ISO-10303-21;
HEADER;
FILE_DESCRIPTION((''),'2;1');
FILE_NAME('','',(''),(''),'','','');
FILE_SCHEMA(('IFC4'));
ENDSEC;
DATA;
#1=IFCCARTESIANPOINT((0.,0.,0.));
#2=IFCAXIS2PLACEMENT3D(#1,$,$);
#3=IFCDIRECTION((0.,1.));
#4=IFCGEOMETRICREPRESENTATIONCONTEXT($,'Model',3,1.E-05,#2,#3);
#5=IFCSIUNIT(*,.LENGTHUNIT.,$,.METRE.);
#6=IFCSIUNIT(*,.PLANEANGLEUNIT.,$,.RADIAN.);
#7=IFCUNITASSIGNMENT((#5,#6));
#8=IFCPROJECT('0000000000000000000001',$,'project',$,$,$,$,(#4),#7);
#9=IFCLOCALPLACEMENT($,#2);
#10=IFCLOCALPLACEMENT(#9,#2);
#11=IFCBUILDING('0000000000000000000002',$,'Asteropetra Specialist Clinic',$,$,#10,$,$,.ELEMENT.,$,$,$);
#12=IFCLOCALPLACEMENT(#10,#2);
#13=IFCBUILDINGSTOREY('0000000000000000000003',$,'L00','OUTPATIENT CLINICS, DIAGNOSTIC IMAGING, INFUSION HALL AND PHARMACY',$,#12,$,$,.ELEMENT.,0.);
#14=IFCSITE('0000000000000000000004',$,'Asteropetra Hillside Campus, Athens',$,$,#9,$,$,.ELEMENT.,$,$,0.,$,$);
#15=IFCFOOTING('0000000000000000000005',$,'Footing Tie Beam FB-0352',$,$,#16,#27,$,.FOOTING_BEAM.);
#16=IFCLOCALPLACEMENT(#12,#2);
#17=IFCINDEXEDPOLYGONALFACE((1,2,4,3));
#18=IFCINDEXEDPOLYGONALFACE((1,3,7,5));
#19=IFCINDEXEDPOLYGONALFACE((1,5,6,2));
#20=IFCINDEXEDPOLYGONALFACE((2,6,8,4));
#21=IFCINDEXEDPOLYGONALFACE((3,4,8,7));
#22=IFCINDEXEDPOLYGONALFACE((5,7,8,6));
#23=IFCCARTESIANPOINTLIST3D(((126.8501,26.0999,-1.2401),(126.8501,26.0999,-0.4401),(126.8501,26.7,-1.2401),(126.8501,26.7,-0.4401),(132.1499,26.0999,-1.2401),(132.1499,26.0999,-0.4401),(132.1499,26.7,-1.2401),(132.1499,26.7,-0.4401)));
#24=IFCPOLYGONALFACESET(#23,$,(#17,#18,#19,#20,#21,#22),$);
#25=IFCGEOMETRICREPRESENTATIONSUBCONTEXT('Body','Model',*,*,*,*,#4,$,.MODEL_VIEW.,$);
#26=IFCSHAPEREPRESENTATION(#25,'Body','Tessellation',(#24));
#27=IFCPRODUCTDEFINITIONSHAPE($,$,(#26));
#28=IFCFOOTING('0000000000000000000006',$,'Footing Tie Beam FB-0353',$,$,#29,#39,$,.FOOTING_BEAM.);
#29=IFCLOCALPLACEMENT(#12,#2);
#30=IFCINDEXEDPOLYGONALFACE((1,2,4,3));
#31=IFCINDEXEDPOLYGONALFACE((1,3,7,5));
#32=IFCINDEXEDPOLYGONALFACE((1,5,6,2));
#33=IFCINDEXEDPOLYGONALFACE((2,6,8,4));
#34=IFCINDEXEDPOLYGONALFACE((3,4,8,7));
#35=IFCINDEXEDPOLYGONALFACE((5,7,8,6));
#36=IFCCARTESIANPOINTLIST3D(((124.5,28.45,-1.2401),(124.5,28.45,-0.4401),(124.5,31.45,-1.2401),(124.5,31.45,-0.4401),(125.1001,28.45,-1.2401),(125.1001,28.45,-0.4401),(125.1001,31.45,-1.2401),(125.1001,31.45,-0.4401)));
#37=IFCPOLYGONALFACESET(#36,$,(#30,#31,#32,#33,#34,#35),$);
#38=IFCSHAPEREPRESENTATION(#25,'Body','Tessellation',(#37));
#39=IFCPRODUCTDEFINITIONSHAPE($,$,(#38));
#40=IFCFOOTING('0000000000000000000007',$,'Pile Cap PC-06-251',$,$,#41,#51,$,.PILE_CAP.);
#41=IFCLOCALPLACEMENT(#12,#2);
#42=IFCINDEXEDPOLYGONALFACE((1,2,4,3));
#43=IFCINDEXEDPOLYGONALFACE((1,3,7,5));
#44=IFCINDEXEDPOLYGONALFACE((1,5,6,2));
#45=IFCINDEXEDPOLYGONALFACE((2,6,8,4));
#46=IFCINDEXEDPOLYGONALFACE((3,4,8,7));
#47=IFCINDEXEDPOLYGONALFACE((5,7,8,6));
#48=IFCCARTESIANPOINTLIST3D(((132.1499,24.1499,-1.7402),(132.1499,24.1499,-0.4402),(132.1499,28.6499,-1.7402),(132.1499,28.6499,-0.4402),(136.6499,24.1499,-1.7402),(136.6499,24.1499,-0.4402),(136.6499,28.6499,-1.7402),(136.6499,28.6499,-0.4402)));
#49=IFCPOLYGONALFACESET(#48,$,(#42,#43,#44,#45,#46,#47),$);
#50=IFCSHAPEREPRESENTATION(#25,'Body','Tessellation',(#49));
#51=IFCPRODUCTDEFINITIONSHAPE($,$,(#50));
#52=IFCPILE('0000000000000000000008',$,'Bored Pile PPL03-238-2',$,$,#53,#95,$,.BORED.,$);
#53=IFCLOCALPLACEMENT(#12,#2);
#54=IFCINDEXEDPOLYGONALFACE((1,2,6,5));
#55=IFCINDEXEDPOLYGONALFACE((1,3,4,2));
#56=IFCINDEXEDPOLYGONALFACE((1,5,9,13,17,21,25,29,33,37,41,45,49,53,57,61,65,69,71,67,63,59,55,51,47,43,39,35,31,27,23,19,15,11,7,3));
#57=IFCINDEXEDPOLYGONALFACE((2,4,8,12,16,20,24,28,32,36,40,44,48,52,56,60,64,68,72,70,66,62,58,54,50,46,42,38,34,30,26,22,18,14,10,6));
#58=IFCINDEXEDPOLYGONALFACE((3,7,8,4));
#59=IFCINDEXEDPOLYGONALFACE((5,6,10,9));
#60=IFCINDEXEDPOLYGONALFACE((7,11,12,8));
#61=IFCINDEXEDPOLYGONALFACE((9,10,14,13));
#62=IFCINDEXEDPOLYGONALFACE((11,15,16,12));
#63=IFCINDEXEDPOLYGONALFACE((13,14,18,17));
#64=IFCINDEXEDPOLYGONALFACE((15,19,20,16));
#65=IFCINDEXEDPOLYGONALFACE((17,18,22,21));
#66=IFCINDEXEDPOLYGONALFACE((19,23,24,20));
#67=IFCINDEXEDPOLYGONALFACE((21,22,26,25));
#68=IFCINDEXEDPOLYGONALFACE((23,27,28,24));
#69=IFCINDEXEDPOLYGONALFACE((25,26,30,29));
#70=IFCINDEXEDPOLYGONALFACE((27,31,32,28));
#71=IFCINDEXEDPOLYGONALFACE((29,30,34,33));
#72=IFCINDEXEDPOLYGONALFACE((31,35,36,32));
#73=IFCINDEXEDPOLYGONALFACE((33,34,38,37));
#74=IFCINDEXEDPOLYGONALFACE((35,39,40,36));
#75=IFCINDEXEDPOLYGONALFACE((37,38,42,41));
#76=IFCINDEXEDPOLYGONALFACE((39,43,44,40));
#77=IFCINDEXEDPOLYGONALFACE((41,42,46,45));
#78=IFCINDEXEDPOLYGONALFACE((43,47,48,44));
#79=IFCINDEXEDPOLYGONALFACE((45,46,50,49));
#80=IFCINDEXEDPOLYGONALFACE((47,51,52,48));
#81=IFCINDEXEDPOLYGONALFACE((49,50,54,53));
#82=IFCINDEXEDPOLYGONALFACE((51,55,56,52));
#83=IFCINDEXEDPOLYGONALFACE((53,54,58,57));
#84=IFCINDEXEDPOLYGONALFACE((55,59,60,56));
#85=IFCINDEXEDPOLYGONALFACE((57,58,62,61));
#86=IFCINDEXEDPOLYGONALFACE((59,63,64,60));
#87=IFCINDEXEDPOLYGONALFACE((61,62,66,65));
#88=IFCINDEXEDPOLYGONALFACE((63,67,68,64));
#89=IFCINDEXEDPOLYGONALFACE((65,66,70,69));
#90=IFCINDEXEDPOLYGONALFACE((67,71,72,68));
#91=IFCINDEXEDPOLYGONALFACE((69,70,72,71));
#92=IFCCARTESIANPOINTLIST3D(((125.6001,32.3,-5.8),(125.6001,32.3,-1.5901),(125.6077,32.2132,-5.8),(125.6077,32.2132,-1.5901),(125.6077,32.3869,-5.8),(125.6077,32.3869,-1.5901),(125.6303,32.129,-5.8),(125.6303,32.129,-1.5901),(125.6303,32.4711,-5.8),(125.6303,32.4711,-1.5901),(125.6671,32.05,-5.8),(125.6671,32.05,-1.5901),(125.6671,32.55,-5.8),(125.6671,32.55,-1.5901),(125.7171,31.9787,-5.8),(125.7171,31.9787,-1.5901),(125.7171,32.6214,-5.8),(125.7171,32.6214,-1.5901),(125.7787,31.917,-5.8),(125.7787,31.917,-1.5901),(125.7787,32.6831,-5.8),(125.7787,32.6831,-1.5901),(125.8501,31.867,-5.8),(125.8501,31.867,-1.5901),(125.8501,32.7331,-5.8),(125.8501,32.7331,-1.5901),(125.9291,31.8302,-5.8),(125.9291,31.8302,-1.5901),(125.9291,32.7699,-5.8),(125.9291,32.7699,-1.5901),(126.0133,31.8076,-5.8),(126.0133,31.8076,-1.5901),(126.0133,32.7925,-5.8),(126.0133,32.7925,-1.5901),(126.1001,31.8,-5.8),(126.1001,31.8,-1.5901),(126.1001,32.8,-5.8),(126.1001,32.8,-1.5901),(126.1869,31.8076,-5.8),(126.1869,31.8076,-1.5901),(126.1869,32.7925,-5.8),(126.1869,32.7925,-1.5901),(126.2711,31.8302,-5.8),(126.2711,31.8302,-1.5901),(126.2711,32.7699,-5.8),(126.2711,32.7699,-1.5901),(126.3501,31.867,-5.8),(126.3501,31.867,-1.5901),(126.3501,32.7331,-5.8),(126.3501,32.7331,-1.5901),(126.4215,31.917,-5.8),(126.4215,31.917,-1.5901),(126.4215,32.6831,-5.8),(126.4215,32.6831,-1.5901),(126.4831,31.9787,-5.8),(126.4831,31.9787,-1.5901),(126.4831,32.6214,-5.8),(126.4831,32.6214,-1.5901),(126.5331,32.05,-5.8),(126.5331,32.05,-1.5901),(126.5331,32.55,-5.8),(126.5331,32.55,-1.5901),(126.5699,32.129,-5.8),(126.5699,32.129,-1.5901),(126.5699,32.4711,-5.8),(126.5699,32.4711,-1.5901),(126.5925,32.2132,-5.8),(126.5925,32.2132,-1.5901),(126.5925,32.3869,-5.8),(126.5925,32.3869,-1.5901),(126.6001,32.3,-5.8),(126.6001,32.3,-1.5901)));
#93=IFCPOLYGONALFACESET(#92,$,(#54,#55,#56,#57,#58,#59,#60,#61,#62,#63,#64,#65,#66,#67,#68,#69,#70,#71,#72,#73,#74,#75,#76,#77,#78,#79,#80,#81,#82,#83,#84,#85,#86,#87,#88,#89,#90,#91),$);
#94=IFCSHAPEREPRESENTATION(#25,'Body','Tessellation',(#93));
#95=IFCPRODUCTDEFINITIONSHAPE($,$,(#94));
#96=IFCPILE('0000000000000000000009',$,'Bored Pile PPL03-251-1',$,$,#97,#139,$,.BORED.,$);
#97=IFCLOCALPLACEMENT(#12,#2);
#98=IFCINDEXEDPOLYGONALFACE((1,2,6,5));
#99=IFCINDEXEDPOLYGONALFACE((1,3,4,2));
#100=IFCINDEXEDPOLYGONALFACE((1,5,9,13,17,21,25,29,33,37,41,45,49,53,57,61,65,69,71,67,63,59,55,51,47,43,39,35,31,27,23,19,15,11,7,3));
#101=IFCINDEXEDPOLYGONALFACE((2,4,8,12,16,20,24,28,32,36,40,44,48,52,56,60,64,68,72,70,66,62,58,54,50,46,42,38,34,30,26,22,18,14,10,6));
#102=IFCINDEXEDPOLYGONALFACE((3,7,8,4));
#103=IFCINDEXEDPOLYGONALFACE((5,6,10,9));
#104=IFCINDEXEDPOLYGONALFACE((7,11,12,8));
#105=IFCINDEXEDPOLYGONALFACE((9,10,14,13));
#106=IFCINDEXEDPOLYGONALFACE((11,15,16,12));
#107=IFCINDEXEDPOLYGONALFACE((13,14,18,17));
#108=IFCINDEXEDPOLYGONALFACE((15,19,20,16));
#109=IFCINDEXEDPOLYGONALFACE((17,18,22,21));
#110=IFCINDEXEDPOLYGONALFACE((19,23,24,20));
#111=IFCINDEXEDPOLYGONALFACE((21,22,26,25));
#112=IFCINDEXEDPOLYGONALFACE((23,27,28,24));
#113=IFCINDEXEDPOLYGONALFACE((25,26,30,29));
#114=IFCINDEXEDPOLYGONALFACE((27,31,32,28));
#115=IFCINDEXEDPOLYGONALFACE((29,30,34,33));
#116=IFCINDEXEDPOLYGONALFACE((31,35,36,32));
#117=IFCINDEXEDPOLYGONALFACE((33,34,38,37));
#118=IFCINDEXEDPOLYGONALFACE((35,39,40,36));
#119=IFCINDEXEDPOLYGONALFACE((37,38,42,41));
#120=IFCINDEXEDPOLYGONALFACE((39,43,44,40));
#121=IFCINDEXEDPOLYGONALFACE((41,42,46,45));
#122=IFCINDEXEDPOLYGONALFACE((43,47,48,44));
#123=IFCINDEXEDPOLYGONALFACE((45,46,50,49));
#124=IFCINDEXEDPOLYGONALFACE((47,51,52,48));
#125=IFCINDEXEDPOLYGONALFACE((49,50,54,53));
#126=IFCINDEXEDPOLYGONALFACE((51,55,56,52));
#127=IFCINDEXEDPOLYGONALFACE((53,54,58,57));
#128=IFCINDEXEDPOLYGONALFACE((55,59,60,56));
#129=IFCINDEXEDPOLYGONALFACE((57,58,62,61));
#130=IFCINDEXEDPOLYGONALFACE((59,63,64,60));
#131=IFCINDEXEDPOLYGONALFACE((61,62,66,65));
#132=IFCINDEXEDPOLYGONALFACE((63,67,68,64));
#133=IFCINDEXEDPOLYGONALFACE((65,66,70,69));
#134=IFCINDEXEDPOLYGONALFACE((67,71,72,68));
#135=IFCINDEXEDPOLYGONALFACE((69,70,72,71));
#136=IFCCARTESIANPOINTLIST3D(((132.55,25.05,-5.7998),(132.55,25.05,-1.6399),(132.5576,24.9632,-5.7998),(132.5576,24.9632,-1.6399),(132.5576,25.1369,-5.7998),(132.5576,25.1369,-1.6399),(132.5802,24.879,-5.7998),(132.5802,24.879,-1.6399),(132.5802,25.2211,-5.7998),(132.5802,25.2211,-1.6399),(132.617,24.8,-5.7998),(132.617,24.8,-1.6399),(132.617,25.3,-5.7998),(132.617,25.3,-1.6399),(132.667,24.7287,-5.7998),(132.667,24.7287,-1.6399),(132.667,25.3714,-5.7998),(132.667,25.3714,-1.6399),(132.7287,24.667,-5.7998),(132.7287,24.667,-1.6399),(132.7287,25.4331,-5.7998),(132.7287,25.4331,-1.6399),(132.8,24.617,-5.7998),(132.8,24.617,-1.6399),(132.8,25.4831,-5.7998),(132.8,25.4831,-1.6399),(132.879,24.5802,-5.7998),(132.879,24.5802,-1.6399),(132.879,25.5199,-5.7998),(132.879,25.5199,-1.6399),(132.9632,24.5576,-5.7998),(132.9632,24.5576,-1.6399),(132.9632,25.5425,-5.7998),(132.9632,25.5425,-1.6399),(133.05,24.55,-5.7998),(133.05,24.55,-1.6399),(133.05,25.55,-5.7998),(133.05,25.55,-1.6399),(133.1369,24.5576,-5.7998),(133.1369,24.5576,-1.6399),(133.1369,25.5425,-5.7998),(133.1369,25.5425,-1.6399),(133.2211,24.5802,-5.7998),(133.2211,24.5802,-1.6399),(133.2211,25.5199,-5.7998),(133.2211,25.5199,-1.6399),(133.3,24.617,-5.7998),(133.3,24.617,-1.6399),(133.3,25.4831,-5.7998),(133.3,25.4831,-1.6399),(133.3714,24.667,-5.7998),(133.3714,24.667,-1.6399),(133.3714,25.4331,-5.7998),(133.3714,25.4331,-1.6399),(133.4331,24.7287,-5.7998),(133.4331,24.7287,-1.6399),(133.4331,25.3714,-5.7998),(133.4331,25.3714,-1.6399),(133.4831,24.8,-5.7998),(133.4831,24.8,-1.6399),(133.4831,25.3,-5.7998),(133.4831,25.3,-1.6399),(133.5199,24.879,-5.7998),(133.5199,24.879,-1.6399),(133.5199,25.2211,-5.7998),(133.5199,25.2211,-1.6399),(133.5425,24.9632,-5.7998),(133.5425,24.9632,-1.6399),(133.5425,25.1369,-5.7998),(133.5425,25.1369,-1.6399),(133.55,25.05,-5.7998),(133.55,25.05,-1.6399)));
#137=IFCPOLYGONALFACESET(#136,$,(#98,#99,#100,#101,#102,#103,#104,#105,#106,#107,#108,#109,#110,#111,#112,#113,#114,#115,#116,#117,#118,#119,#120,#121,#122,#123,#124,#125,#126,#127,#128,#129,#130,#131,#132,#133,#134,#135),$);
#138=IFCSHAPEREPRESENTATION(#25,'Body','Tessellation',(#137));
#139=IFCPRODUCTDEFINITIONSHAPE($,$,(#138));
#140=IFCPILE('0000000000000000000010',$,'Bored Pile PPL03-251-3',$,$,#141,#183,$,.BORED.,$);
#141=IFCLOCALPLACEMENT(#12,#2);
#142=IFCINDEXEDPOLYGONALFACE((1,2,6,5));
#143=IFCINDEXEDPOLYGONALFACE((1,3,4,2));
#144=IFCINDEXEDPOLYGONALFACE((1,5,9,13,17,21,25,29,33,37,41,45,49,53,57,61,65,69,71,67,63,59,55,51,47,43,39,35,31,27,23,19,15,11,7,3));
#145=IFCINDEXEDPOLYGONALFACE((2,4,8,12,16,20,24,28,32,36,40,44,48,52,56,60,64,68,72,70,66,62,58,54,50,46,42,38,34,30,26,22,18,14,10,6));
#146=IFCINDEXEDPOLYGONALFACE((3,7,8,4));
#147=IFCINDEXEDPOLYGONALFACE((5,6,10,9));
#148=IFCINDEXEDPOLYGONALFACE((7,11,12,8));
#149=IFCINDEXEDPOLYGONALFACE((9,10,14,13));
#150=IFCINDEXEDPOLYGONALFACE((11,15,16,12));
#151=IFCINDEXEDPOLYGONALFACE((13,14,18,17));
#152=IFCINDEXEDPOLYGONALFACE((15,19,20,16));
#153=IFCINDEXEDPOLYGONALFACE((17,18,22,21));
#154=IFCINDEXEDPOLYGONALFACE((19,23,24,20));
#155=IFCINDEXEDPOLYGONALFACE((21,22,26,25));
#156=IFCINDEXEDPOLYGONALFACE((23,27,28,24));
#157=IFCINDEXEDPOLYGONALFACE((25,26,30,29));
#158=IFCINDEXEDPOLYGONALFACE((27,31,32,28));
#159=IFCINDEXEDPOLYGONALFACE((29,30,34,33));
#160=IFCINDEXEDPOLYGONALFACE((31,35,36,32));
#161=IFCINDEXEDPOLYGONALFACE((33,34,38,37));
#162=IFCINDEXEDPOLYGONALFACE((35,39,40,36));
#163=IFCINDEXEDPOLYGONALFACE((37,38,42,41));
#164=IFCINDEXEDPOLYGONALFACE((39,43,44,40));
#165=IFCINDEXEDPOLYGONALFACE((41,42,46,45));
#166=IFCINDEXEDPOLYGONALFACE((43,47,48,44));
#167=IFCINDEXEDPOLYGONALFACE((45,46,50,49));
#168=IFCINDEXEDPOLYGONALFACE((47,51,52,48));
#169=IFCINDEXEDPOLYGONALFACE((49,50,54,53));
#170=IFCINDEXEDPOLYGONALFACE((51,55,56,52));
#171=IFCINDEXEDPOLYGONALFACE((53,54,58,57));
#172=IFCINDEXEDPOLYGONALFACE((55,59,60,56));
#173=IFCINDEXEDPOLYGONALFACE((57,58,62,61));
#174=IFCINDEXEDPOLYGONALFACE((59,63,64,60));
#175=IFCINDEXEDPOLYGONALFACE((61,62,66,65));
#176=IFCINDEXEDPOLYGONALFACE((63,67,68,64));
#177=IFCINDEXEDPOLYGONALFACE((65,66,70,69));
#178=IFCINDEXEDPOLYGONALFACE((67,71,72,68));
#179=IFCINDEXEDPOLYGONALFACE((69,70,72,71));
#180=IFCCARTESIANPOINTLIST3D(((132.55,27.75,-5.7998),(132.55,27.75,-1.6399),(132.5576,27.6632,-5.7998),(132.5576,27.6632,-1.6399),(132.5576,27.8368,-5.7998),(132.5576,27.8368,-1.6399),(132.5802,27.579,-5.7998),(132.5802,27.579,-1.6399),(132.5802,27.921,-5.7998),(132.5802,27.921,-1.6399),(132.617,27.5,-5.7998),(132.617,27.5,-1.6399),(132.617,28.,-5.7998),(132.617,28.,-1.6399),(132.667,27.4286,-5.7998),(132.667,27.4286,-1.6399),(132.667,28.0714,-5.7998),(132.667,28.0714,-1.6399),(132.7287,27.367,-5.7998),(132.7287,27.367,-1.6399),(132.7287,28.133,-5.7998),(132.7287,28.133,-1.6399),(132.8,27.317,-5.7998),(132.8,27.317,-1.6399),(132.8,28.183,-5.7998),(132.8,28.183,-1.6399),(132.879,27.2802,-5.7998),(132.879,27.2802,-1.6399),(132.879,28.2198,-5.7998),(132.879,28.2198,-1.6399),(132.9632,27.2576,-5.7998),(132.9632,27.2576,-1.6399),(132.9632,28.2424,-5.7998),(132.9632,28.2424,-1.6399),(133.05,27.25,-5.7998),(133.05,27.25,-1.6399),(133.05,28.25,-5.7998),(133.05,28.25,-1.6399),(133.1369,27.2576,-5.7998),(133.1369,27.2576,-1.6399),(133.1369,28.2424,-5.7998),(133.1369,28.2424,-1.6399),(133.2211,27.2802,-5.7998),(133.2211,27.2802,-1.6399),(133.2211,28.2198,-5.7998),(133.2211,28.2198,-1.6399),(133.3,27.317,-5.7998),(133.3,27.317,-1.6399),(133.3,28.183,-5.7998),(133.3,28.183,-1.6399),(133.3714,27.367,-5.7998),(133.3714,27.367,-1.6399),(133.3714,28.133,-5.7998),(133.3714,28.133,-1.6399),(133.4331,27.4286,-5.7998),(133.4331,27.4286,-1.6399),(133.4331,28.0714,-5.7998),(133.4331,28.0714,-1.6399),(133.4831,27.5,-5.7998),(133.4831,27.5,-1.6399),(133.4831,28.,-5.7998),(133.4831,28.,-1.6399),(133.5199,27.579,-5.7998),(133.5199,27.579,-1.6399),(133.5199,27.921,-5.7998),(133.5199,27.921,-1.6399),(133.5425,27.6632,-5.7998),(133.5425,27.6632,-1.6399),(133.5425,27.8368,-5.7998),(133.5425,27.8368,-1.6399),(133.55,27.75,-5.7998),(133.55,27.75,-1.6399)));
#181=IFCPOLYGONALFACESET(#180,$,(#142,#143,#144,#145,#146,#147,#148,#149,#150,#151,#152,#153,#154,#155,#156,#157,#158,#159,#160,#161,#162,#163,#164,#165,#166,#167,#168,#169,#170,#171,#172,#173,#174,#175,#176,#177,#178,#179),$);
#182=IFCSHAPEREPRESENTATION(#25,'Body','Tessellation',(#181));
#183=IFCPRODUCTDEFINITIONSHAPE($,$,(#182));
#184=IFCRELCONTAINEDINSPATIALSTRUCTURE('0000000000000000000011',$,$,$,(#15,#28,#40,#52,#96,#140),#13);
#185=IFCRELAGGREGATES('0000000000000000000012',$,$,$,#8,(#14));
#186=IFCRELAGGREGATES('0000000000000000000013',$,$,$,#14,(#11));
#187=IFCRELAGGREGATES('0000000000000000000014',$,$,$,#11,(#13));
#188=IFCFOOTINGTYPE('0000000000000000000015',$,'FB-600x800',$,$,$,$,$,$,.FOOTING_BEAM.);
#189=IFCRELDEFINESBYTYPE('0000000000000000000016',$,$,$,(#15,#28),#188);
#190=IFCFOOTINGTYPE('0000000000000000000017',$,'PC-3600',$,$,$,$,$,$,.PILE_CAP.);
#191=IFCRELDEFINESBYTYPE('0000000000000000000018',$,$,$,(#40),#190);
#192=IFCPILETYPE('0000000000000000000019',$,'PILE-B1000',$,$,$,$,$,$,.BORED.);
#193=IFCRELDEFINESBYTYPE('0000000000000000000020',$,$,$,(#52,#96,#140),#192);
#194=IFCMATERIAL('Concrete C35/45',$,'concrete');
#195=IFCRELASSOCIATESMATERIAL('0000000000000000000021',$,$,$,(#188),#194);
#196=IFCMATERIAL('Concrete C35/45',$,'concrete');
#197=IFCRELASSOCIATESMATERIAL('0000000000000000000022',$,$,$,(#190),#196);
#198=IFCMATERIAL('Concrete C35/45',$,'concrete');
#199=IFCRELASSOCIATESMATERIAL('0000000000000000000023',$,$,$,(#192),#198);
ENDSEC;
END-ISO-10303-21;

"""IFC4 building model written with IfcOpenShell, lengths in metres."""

from ifc_helpers import new_model, si_unit, direction, frame, origin, origin_2d, place, context, subcontext, project, spatial, rectangle, circle, extrude, material, material_profile, profile_set, type_object, element, save


model = new_model("IFC4")

# Units and contexts
model_context = context("Model", 3, precision=1e-05, world=origin(), true_north=direction((0.0, 1.0)))
body_context = subcontext(model_context, "Body", "Model", "MODEL_VIEW")
ifc_project = project(units=[si_unit("LENGTHUNIT", "METRE"), si_unit("PLANEANGLEUNIT", "RADIAN")], contexts=[model_context])

# Site, building, storey
site_placement = place(None, origin())
site = spatial("IfcSite", under=ifc_project, at=site_placement, Name="Asteropetra Hillside Campus, Athens", CompositionType="ELEMENT", RefElevation=0.0)
building_placement = place(site_placement, origin())
building = spatial("IfcBuilding", under=site, at=building_placement, Name="Asteropetra Specialist Clinic", CompositionType="ELEMENT")
storey_placement = place(building_placement, origin())
storey = spatial("IfcBuildingStorey", under=building, at=storey_placement, Name="L00", Description="OUTPATIENT CLINICS, DIAGNOSTIC IMAGING, INFUSION HALL AND PHARMACY", CompositionType="ELEMENT", Elevation=0.0)

# Footings
ifc_material_1 = material(Name="Concrete C35/45", Category="concrete")
ifc_material_profile_1 = material_profile(ifc_material_1, rectangle(XDim=0.6001, YDim=0.8, at=origin_2d()), Name="FB 600x800")
ifc_profile_set_1 = profile_set([ifc_material_profile_1], Name="Concrete C35/45")
footing_type_1 = type_object("IfcFootingType", Name="FB-600x800", PredefinedType="FOOTING_BEAM", material=ifc_profile_set_1)
footing_1_placement = place(storey_placement, frame((126.8501, 26.3999, -0.8401), z_axis=(1.0, 0.0, 0.0), x_axis=(0.0, 1.0, 0.0)))
element("IfcFooting", 1, at=footing_1_placement, inside=storey, type_object=footing_type_1, Name="Footing Tie Beam FB-0352", PredefinedType="FOOTING_BEAM", context=body_context, shape_type="SweptSolid", body=[
    extrude(rectangle(XDim=0.6001, YDim=0.8, at=origin_2d()), origin(), (0.0, 0.0, 1.0), 5.2998),
])
footing_2_placement = place(storey_placement, frame((124.8, 28.45, -0.8401), z_axis=(0.0, 1.0, 0.0), x_axis=(-1.0, 0.0, 0.0)))
element("IfcFooting", 2, at=footing_2_placement, inside=storey, type_object=footing_type_1, Name="Footing Tie Beam FB-0353", PredefinedType="FOOTING_BEAM", context=body_context, shape_type="SweptSolid", body=[
    extrude(rectangle(XDim=0.6001, YDim=0.8, at=origin_2d()), origin(), (0.0, 0.0, 1.0), 3.0),
])
ifc_material_2 = material(Name="Concrete C35/45", Category="concrete")
footing_type_2 = type_object("IfcFootingType", Name="PC-3600", PredefinedType="PILE_CAP", material=ifc_material_2)
footing_3_placement = place(storey_placement, frame((134.3999, 26.3999, -1.7402), z_axis=(0.0, 0.0, 1.0), x_axis=(1.0, 0.0, 0.0)))
element("IfcFooting", 3, at=footing_3_placement, inside=storey, type_object=footing_type_2, Name="Pile Cap PC-06-251", PredefinedType="PILE_CAP", context=body_context, shape_type="SweptSolid", body=[
    extrude(rectangle(XDim=4.5, YDim=4.5, at=origin_2d()), origin(), (0.0, 0.0, 1.0), 1.3),
])

# Piles
ifc_material_3 = material(Name="Concrete C35/45", Category="concrete")
ifc_material_profile_2 = material_profile(ifc_material_3, circle(Radius=0.5, at=origin_2d()), Name="PILE D1000")
ifc_profile_set_2 = profile_set([ifc_material_profile_2], Name="Concrete C35/45")
pile_type_1 = type_object("IfcPileType", Name="PILE-B1000", PredefinedType="BORED", material=ifc_profile_set_2)
pile_placement = place(storey_placement, frame((126.1001, 32.3, -1.5901), z_axis=(0.0, 0.0, -1.0), x_axis=(1.0, 0.0, 0.0)))
element("IfcPile", 4, at=pile_placement, inside=storey, type_object=pile_type_1, Name="Bored Pile PPL03-238-2", PredefinedType="BORED", context=body_context, shape_type="SweptSolid", body=[
    extrude(circle(Radius=0.5, at=origin_2d()), origin(), (0.0, 0.0, 1.0), 4.21),
])
for number, where, z_axis, x_axis, name in (
    (5, (133.05, 25.05, -1.6399), (0.0, 0.0, -1.0), (1.0, 0.0, 0.0), "Bored Pile PPL03-251-1"),
    (6, (133.05, 27.75, -1.6399), (0.0, 0.0, -1.0), (1.0, 0.0, 0.0), "Bored Pile PPL03-251-3"),
):
    element("IfcPile", number, at=place(storey_placement, frame(where, z_axis=z_axis, x_axis=x_axis)), inside=storey, type_object=pile_type_1, Name=name, PredefinedType="BORED", context=body_context, shape_type="SweptSolid", body=[
        extrude(circle(Radius=0.5, at=origin_2d()), origin(), (0.0, 0.0, 1.0), 4.1599),
    ])

save(model, "model.ifc")
